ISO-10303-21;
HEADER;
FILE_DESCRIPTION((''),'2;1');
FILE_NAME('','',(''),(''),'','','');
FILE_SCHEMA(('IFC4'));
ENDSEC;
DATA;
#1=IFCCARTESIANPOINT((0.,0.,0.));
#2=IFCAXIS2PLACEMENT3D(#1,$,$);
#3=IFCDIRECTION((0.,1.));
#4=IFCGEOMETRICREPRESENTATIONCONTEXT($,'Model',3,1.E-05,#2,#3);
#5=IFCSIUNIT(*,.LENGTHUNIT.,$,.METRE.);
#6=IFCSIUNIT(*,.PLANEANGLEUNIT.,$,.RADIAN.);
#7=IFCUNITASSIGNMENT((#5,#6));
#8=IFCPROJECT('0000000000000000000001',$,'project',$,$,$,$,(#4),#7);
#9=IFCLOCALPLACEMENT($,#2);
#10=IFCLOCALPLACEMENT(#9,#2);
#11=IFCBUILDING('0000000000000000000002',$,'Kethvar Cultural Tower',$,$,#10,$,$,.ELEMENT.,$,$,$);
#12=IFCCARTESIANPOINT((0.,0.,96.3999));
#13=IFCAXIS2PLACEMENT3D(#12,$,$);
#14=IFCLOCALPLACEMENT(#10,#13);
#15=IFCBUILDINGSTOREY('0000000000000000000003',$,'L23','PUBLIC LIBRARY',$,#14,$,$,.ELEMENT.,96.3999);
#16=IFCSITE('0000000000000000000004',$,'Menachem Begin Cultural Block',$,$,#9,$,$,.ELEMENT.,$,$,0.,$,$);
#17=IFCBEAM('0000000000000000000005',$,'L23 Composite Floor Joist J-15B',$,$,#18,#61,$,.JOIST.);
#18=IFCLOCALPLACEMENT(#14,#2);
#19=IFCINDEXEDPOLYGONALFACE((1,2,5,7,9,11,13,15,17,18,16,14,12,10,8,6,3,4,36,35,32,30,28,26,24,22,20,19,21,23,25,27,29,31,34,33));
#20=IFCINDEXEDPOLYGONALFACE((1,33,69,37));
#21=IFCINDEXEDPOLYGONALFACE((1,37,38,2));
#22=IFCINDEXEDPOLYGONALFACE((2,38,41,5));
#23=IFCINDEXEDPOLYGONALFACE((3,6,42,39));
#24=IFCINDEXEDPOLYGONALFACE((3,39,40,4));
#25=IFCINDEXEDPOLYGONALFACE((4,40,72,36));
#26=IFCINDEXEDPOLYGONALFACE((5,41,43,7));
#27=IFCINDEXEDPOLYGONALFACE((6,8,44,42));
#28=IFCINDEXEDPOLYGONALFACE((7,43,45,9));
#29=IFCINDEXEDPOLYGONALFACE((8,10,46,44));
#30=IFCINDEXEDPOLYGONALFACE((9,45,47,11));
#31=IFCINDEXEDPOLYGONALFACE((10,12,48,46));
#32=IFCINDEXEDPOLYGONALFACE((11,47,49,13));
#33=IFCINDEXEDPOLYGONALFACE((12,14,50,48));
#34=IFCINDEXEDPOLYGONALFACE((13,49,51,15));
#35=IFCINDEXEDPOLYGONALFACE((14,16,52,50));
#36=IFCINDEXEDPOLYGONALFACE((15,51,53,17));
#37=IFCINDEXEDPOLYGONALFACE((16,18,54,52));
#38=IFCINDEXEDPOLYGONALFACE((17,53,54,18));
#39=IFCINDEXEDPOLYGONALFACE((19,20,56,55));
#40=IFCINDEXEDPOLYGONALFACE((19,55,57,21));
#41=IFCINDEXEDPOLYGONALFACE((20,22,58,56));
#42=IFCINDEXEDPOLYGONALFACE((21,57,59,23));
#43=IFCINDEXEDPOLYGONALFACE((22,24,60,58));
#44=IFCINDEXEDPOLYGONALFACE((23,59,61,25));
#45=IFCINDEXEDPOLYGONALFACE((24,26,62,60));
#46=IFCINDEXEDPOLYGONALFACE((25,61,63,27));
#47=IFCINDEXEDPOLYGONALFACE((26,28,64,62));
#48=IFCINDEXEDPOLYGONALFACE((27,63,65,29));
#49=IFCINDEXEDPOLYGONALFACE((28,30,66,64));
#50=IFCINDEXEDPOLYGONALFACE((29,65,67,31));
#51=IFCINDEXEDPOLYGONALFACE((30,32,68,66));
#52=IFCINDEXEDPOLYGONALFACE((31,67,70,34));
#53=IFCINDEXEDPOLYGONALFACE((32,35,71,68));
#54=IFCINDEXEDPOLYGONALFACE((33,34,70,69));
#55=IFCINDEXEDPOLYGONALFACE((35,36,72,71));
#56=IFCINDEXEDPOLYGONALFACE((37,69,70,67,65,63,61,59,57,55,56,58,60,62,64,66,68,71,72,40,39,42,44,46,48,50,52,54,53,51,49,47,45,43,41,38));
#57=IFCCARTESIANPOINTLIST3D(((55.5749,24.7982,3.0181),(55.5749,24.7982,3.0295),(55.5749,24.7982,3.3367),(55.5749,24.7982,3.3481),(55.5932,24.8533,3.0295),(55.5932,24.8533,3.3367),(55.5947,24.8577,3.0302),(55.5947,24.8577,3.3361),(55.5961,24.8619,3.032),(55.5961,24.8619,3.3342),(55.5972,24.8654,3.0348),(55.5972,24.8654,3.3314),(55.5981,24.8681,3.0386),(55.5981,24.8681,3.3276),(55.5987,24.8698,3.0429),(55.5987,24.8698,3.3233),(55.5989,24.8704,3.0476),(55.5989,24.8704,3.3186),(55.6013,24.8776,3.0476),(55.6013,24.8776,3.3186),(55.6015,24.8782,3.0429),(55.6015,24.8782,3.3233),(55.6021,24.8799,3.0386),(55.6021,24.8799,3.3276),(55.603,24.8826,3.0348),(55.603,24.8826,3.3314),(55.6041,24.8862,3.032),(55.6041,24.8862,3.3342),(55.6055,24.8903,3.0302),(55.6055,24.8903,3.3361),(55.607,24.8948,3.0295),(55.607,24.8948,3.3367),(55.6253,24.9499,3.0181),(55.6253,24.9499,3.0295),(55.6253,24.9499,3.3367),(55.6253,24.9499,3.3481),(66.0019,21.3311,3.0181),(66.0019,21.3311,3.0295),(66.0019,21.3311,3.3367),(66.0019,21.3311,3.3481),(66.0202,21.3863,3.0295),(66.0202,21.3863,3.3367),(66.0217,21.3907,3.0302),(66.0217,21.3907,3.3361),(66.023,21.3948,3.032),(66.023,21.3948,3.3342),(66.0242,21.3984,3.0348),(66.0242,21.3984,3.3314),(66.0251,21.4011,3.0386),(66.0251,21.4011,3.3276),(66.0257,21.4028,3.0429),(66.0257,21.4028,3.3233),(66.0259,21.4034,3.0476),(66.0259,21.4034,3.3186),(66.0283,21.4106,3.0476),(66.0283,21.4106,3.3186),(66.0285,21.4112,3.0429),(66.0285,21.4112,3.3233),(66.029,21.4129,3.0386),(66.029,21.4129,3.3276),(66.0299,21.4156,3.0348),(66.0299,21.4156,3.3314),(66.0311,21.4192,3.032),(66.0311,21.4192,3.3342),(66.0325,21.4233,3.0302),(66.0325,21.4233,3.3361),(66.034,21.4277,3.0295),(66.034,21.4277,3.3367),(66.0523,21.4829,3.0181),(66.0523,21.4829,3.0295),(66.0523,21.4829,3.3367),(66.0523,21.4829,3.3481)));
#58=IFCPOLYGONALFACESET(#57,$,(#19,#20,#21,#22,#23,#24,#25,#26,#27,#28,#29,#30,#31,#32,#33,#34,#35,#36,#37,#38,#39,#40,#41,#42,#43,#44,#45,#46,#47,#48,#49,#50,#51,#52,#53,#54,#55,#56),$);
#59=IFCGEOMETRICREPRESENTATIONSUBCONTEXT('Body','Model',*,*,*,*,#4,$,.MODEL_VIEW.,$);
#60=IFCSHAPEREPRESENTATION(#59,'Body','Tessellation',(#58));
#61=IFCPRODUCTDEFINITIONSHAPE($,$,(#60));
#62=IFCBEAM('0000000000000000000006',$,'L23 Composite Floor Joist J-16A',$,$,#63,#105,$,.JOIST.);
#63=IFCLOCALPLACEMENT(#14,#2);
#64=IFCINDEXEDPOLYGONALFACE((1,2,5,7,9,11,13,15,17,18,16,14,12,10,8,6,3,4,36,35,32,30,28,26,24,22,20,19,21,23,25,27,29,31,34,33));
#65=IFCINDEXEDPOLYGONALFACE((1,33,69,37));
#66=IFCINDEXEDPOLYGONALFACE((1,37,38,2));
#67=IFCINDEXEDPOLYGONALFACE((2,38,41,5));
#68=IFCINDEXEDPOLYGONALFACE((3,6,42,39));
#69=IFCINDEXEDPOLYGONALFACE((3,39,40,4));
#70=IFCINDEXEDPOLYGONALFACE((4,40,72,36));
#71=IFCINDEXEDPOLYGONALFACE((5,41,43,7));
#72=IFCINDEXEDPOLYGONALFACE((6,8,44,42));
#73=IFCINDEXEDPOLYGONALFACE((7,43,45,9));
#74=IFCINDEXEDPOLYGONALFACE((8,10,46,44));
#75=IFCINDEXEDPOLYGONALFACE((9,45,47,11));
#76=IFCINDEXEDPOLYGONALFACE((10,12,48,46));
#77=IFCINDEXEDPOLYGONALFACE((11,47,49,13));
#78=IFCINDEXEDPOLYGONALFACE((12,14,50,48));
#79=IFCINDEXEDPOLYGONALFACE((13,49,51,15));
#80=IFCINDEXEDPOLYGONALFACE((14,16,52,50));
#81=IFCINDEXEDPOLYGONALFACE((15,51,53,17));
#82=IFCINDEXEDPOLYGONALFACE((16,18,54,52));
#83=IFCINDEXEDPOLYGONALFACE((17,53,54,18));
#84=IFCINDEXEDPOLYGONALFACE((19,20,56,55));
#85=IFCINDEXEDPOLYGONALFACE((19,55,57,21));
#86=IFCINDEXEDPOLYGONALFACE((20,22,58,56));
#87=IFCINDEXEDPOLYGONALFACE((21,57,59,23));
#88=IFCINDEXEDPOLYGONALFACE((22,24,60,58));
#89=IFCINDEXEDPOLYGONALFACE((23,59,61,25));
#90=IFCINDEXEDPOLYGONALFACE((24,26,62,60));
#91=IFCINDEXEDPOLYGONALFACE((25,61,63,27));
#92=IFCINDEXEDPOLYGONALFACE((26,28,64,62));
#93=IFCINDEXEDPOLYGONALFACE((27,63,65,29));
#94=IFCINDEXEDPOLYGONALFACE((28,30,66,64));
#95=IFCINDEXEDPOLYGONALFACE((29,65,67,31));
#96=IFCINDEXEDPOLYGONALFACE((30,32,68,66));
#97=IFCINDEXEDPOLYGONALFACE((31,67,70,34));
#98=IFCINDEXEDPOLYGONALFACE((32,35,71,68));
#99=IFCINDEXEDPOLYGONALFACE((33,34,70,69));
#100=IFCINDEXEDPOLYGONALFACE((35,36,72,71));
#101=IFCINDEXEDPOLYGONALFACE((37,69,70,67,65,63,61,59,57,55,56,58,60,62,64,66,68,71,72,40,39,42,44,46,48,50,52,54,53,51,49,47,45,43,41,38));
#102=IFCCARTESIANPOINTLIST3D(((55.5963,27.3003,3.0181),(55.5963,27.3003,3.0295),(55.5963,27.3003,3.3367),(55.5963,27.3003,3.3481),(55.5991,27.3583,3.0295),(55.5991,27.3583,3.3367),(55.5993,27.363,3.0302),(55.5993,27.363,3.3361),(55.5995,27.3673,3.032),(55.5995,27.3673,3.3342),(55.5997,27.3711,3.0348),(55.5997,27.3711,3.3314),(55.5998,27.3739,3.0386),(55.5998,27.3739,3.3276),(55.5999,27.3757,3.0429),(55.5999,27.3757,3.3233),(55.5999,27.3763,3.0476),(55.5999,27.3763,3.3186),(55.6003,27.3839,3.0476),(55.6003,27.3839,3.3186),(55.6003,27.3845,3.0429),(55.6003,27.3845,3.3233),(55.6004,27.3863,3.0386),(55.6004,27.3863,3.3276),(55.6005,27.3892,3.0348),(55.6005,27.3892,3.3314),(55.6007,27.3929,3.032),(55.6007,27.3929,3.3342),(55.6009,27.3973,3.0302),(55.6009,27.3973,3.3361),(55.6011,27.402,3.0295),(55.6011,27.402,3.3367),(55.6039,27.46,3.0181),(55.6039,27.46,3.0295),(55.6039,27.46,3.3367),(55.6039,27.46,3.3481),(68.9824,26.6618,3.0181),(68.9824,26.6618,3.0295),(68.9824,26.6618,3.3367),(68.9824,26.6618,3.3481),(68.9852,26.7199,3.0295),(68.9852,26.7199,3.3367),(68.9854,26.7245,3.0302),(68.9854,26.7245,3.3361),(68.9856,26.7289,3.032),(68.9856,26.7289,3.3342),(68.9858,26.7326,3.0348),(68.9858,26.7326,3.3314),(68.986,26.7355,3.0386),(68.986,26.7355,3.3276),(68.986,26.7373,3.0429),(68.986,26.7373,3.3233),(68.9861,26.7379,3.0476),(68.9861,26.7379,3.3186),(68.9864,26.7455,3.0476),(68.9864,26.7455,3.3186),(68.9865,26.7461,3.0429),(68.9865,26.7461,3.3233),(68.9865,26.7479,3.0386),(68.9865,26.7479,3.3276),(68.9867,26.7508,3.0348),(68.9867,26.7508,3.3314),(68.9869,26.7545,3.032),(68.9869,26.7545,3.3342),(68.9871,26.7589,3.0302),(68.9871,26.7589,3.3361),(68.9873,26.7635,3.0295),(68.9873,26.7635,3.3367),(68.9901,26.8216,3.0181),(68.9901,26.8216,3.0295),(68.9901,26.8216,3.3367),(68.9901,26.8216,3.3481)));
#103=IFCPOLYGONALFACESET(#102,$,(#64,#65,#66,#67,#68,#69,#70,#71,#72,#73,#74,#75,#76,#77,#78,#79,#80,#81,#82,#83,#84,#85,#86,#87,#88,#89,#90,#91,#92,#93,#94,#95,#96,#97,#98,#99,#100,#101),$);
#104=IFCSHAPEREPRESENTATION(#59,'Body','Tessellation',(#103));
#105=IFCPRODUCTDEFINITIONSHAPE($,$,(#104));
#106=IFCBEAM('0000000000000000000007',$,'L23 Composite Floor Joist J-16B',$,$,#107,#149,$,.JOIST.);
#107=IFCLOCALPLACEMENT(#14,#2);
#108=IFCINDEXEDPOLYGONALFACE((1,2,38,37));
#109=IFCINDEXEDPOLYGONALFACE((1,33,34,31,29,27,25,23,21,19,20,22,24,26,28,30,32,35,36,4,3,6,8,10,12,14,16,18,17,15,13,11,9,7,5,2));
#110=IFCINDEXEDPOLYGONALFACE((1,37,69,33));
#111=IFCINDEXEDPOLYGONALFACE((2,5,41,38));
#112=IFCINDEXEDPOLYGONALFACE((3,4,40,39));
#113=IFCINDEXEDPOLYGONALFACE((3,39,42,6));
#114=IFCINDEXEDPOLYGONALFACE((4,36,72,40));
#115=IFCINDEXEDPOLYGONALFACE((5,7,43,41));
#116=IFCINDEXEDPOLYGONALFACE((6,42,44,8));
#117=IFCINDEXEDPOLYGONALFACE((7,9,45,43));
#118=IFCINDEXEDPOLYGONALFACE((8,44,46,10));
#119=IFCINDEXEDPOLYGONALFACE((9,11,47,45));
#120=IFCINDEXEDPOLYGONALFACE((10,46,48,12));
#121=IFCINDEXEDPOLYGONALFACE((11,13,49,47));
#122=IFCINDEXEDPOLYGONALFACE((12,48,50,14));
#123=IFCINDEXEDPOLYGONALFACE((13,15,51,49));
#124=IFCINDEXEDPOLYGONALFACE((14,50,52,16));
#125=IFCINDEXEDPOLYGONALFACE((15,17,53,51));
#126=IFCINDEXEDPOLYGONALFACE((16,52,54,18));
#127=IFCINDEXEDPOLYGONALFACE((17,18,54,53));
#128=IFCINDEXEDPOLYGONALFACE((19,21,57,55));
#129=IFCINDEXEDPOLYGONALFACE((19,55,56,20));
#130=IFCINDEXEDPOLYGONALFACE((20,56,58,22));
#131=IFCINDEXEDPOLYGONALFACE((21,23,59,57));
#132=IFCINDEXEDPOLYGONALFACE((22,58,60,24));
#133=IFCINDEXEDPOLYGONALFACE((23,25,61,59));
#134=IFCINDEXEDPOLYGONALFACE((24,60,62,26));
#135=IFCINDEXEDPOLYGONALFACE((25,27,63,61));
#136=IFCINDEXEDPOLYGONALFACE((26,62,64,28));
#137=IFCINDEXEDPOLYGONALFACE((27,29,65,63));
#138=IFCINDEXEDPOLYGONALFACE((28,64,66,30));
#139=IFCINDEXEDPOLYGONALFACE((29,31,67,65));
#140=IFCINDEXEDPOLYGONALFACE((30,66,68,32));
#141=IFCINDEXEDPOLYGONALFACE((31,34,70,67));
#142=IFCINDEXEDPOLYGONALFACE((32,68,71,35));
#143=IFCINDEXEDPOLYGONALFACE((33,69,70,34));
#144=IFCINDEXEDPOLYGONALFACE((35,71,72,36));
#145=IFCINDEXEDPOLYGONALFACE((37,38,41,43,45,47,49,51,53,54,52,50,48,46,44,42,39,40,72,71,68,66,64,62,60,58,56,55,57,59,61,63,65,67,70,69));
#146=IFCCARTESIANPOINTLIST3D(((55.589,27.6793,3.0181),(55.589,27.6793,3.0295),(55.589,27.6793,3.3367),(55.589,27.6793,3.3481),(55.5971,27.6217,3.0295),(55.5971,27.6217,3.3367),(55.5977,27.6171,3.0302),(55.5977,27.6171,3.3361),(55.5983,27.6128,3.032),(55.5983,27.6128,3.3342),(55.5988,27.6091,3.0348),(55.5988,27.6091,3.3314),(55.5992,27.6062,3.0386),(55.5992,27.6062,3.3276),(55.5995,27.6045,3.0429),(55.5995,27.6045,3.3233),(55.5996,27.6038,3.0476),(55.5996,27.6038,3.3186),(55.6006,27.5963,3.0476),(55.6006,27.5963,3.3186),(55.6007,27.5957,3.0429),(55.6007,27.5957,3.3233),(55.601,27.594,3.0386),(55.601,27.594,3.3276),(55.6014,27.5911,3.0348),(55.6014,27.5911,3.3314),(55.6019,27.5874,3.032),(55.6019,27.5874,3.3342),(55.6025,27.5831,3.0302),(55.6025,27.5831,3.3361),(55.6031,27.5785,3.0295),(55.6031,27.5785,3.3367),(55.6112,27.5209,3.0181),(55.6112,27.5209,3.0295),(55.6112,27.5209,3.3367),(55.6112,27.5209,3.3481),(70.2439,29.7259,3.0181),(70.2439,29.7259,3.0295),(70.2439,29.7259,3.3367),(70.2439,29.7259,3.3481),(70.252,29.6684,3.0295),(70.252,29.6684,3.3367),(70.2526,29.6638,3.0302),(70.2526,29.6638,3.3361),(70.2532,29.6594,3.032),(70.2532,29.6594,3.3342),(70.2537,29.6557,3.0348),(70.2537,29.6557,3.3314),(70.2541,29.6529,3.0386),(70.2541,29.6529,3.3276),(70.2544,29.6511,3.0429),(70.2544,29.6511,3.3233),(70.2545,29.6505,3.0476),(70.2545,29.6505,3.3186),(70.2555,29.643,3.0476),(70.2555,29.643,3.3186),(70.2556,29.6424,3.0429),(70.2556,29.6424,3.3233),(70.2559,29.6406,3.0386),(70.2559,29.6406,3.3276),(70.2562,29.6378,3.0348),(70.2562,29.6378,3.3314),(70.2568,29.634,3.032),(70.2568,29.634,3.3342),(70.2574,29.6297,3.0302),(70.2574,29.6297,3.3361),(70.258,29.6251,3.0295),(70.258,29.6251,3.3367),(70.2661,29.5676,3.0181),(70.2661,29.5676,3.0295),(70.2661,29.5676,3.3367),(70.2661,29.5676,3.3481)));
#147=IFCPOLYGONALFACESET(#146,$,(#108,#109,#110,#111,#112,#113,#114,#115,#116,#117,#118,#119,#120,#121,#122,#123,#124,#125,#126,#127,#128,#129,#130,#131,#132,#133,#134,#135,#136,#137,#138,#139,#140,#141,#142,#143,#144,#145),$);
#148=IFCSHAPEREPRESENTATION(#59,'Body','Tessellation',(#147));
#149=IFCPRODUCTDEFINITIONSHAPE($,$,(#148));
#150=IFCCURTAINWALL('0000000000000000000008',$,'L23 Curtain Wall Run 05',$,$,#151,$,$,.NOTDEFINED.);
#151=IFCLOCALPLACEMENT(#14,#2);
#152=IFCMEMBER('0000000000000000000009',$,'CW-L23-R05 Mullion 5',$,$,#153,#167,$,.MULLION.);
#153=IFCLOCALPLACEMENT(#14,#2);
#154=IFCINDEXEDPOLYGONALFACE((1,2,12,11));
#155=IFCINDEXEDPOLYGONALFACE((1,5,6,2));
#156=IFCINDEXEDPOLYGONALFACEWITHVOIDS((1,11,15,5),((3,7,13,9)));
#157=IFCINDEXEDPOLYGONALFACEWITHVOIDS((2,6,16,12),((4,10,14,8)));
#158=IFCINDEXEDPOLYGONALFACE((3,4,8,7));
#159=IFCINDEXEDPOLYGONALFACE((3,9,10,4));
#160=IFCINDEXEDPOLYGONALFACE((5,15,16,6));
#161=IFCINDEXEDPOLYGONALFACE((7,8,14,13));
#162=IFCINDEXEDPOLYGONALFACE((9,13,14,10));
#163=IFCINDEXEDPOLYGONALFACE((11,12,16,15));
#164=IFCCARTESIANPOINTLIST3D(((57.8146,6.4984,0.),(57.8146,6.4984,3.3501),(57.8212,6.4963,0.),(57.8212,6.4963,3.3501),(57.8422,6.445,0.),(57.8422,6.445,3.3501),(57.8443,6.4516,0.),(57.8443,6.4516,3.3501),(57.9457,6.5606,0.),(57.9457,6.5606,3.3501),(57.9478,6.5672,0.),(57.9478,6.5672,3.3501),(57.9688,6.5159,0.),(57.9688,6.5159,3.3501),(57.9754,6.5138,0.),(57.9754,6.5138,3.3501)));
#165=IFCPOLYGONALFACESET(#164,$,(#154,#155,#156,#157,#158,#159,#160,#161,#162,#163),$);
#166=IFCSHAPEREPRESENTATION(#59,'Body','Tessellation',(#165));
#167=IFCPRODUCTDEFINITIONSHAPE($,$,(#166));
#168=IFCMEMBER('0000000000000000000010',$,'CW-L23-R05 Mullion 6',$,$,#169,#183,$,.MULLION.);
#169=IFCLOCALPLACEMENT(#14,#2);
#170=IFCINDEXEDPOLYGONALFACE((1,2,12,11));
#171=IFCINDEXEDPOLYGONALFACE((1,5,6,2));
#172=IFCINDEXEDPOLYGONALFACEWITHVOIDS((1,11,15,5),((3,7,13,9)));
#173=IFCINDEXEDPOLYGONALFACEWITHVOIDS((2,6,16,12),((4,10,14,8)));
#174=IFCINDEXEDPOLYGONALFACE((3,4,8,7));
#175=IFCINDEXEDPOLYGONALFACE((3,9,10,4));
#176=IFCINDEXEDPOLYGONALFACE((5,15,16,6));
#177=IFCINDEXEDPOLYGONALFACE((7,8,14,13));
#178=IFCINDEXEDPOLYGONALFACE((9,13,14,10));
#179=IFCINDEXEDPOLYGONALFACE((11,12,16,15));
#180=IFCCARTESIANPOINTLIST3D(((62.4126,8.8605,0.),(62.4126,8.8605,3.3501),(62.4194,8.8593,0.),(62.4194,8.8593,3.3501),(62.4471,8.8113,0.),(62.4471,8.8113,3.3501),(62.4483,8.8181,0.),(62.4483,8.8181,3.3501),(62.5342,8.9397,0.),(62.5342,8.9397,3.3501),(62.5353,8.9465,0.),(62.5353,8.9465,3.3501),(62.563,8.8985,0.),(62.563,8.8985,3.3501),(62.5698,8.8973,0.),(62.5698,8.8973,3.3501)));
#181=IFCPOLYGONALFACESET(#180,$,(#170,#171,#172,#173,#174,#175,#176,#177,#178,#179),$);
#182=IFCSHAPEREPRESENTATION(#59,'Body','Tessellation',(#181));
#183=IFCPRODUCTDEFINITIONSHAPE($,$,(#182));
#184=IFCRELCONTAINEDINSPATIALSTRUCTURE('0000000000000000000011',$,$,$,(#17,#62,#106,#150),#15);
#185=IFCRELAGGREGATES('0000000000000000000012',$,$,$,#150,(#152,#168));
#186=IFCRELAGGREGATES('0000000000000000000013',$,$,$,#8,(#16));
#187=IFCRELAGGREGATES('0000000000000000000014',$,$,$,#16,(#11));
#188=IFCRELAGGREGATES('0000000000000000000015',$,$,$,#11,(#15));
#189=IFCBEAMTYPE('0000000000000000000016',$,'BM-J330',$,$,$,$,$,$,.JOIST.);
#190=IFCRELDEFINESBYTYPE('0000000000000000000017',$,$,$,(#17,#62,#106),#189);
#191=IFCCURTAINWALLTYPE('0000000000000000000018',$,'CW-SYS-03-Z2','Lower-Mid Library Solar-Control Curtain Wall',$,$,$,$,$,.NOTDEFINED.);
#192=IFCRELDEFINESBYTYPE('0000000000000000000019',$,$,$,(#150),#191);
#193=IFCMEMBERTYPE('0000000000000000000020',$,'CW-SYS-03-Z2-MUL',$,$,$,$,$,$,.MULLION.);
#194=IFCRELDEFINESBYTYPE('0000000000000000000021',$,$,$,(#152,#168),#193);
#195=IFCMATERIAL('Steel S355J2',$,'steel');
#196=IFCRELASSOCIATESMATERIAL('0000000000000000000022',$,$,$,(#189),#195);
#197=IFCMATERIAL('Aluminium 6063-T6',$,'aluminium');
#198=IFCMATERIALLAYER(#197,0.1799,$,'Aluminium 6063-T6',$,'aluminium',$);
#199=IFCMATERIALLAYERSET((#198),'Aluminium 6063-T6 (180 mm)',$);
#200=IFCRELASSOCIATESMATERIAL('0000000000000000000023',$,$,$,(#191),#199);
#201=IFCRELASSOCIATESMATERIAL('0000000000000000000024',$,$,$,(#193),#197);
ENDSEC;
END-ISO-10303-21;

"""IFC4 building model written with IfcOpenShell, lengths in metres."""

from ifc_helpers import new_model, si_unit, direction, frame, origin, origin_2d, place, context, subcontext, project, spatial, hollow_rectangle, i_section, extrude, source, transform, mapped, material, layer, layer_set, material_profile, profile_set, type_object, element, aggregate, save


model = new_model("IFC4")

# Units and contexts
model_context = context("Model", 3, precision=1e-05, world=origin(), true_north=direction((0.0, 1.0)))
body_context = subcontext(model_context, "Body", "Model", "MODEL_VIEW")
ifc_project = project(units=[si_unit("LENGTHUNIT", "METRE"), si_unit("PLANEANGLEUNIT", "RADIAN")], contexts=[model_context])

# Site, building, storey
site_placement = place(None, origin())
site = spatial("IfcSite", under=ifc_project, at=site_placement, Name="Menachem Begin Cultural Block", CompositionType="ELEMENT", RefElevation=0.0)
building_placement = place(site_placement, origin())
building = spatial("IfcBuilding", under=site, at=building_placement, Name="Kethvar Cultural Tower", CompositionType="ELEMENT")
storey_placement = place(building_placement, frame((0.0, 0.0, 96.3999)))
storey = spatial("IfcBuildingStorey", under=building, at=storey_placement, Name="L23", Description="PUBLIC LIBRARY", CompositionType="ELEMENT", Elevation=96.3999)

# Beams
ifc_material_1 = material(Name="Steel S355J2", Category="steel")
ifc_material_profile_1 = material_profile(ifc_material_1, i_section(OverallWidth=0.1599, OverallDepth=0.3301, WebThickness=0.0076, FlangeThickness=0.0115, FilletRadius=0.0181, at=origin_2d()), Name="Steel S355J2 — IPE330")
ifc_profile_set_1 = profile_set([ifc_material_profile_1], Name="Steel S355J2 — IPE330")
beam_type_1 = type_object("IfcBeamType", Name="BM-J330", PredefinedType="JOIST", material=ifc_profile_set_1)
shared_shape_1 = source(origin(), body_context, "Body", "SweptSolid", [
    extrude(i_section(OverallWidth=0.1599, OverallDepth=0.3301, WebThickness=0.0076, FlangeThickness=0.0115, FilletRadius=0.0181, at=origin_2d()), origin(), (0.0, 0.0, 1.0), 10.9883),
])
beam_1_placement = place(storey_placement, frame((55.6001, 24.874, 3.1831), z_axis=(0.948919, -0.315521, 0.0), x_axis=(0.315521, 0.948919, 0.0)))
element("IfcBeam", 1, at=beam_1_placement, inside=storey, type_object=beam_type_1, Name="L23 Composite Floor Joist J-15B", PredefinedType="JOIST", context=body_context, shape_type="MappedRepresentation", body=[
    mapped(shared_shape_1, transform((0.0, 0.0, 0.0), scale=1.0)),
])
shared_shape_2 = source(origin(), body_context, "Body", "SweptSolid", [
    extrude(i_section(OverallWidth=0.1599, OverallDepth=0.3301, WebThickness=0.0076, FlangeThickness=0.0115, FilletRadius=0.0181, at=origin_2d()), origin(), (0.0, 0.0, 1.0), 13.4014),
])
beam_2_placement = place(storey_placement, frame((55.6001, 27.3801, 3.1831), z_axis=(0.998865, -0.047639, 0.0), x_axis=(0.047639, 0.998865, 0.0)))
element("IfcBeam", 2, at=beam_2_placement, inside=storey, type_object=beam_type_1, Name="L23 Composite Floor Joist J-16A", PredefinedType="JOIST", context=body_context, shape_type="MappedRepresentation", body=[
    mapped(shared_shape_2, transform((0.0, 0.0, 0.0), scale=1.0)),
])
shared_shape_3 = source(origin(), body_context, "Body", "SweptSolid", [
    extrude(i_section(OverallWidth=0.1599, OverallDepth=0.3301, WebThickness=0.0076, FlangeThickness=0.0115, FilletRadius=0.0181, at=origin_2d()), origin(), (0.0, 0.0, 1.0), 14.7971),
])
beam_3_placement = place(storey_placement, frame((55.6001, 27.6001, 3.1831), z_axis=(0.990388, 0.138314, 0.0), x_axis=(-0.138314, 0.990388, 0.0)))
element("IfcBeam", 3, at=beam_3_placement, inside=storey, type_object=beam_type_1, Name="L23 Composite Floor Joist J-16B", PredefinedType="JOIST", context=body_context, shape_type="MappedRepresentation", body=[
    mapped(shared_shape_3, transform((0.0, 0.0, 0.0), scale=1.0)),
])

# Curtain wall, members
ifc_material_2 = material(Name="Aluminium 6063-T6", Category="aluminium")
ifc_layer_1 = layer(ifc_material_2, 0.1799, Name="Aluminium 6063-T6", Category="aluminium")
ifc_layer_set_1 = layer_set([ifc_layer_1], Name="Aluminium 6063-T6 (180 mm)")
curtain_wall_type = type_object("IfcCurtainWallType", Name="CW-SYS-03-Z2", Description="Lower-Mid Library Solar-Control Curtain Wall", PredefinedType="NOTDEFINED", material=ifc_layer_set_1)
curtain_wall_placement = place(storey_placement, origin())
curtain_wall = element("IfcCurtainWall", 4, at=curtain_wall_placement, inside=storey, type_object=curtain_wall_type, Name="L23 Curtain Wall Run 05", PredefinedType="NOTDEFINED")
ifc_material_profile_2 = material_profile(ifc_material_2, hollow_rectangle(XDim=0.0601, YDim=0.1499, WallThickness=0.0049, at=origin_2d()), Name="Aluminium 6063-T6 — RHS150x60x5")
ifc_profile_set_2 = profile_set([ifc_material_profile_2], Name="Aluminium 6063-T6 — RHS150x60x5")
member_type_1 = type_object("IfcMemberType", Name="CW-SYS-03-Z2-MUL", PredefinedType="MULLION", material=ifc_profile_set_2)
shared_shape_4 = source(origin(), body_context, "Body", "SweptSolid", [
    extrude(hollow_rectangle(XDim=0.0601, YDim=0.1499, WallThickness=0.0049, at=origin_2d()), origin(), (0.0, 0.0, 1.0), 3.3501),
])
member_1_placement = place(storey_placement, frame((57.895, 6.5061, 0.0), z_axis=(0.0, 0.0, 1.0), x_axis=(-0.458929, 0.888473, 0.0)))
member_1 = element("IfcMember", 5, at=member_1_placement, type_object=member_type_1, Name="CW-L23-R05 Mullion 5", PredefinedType="MULLION", context=body_context, shape_type="MappedRepresentation", body=[
    mapped(shared_shape_4, transform((0.0, 0.0, 0.0), scale=1.0)),
])
member_2_placement = place(storey_placement, frame((62.4912, 8.8789, 0.0), z_axis=(0.0, 0.0, 1.0), x_axis=(-0.574034, 0.818832, 0.0)))
member_2 = element("IfcMember", 6, at=member_2_placement, type_object=member_type_1, Name="CW-L23-R05 Mullion 6", PredefinedType="MULLION", context=body_context, shape_type="MappedRepresentation", body=[
    mapped(shared_shape_4, transform((0.0, 0.0, 0.0), scale=1.0)),
])
aggregate(curtain_wall, [member_1, member_2])

save(model, "model.ifc")
